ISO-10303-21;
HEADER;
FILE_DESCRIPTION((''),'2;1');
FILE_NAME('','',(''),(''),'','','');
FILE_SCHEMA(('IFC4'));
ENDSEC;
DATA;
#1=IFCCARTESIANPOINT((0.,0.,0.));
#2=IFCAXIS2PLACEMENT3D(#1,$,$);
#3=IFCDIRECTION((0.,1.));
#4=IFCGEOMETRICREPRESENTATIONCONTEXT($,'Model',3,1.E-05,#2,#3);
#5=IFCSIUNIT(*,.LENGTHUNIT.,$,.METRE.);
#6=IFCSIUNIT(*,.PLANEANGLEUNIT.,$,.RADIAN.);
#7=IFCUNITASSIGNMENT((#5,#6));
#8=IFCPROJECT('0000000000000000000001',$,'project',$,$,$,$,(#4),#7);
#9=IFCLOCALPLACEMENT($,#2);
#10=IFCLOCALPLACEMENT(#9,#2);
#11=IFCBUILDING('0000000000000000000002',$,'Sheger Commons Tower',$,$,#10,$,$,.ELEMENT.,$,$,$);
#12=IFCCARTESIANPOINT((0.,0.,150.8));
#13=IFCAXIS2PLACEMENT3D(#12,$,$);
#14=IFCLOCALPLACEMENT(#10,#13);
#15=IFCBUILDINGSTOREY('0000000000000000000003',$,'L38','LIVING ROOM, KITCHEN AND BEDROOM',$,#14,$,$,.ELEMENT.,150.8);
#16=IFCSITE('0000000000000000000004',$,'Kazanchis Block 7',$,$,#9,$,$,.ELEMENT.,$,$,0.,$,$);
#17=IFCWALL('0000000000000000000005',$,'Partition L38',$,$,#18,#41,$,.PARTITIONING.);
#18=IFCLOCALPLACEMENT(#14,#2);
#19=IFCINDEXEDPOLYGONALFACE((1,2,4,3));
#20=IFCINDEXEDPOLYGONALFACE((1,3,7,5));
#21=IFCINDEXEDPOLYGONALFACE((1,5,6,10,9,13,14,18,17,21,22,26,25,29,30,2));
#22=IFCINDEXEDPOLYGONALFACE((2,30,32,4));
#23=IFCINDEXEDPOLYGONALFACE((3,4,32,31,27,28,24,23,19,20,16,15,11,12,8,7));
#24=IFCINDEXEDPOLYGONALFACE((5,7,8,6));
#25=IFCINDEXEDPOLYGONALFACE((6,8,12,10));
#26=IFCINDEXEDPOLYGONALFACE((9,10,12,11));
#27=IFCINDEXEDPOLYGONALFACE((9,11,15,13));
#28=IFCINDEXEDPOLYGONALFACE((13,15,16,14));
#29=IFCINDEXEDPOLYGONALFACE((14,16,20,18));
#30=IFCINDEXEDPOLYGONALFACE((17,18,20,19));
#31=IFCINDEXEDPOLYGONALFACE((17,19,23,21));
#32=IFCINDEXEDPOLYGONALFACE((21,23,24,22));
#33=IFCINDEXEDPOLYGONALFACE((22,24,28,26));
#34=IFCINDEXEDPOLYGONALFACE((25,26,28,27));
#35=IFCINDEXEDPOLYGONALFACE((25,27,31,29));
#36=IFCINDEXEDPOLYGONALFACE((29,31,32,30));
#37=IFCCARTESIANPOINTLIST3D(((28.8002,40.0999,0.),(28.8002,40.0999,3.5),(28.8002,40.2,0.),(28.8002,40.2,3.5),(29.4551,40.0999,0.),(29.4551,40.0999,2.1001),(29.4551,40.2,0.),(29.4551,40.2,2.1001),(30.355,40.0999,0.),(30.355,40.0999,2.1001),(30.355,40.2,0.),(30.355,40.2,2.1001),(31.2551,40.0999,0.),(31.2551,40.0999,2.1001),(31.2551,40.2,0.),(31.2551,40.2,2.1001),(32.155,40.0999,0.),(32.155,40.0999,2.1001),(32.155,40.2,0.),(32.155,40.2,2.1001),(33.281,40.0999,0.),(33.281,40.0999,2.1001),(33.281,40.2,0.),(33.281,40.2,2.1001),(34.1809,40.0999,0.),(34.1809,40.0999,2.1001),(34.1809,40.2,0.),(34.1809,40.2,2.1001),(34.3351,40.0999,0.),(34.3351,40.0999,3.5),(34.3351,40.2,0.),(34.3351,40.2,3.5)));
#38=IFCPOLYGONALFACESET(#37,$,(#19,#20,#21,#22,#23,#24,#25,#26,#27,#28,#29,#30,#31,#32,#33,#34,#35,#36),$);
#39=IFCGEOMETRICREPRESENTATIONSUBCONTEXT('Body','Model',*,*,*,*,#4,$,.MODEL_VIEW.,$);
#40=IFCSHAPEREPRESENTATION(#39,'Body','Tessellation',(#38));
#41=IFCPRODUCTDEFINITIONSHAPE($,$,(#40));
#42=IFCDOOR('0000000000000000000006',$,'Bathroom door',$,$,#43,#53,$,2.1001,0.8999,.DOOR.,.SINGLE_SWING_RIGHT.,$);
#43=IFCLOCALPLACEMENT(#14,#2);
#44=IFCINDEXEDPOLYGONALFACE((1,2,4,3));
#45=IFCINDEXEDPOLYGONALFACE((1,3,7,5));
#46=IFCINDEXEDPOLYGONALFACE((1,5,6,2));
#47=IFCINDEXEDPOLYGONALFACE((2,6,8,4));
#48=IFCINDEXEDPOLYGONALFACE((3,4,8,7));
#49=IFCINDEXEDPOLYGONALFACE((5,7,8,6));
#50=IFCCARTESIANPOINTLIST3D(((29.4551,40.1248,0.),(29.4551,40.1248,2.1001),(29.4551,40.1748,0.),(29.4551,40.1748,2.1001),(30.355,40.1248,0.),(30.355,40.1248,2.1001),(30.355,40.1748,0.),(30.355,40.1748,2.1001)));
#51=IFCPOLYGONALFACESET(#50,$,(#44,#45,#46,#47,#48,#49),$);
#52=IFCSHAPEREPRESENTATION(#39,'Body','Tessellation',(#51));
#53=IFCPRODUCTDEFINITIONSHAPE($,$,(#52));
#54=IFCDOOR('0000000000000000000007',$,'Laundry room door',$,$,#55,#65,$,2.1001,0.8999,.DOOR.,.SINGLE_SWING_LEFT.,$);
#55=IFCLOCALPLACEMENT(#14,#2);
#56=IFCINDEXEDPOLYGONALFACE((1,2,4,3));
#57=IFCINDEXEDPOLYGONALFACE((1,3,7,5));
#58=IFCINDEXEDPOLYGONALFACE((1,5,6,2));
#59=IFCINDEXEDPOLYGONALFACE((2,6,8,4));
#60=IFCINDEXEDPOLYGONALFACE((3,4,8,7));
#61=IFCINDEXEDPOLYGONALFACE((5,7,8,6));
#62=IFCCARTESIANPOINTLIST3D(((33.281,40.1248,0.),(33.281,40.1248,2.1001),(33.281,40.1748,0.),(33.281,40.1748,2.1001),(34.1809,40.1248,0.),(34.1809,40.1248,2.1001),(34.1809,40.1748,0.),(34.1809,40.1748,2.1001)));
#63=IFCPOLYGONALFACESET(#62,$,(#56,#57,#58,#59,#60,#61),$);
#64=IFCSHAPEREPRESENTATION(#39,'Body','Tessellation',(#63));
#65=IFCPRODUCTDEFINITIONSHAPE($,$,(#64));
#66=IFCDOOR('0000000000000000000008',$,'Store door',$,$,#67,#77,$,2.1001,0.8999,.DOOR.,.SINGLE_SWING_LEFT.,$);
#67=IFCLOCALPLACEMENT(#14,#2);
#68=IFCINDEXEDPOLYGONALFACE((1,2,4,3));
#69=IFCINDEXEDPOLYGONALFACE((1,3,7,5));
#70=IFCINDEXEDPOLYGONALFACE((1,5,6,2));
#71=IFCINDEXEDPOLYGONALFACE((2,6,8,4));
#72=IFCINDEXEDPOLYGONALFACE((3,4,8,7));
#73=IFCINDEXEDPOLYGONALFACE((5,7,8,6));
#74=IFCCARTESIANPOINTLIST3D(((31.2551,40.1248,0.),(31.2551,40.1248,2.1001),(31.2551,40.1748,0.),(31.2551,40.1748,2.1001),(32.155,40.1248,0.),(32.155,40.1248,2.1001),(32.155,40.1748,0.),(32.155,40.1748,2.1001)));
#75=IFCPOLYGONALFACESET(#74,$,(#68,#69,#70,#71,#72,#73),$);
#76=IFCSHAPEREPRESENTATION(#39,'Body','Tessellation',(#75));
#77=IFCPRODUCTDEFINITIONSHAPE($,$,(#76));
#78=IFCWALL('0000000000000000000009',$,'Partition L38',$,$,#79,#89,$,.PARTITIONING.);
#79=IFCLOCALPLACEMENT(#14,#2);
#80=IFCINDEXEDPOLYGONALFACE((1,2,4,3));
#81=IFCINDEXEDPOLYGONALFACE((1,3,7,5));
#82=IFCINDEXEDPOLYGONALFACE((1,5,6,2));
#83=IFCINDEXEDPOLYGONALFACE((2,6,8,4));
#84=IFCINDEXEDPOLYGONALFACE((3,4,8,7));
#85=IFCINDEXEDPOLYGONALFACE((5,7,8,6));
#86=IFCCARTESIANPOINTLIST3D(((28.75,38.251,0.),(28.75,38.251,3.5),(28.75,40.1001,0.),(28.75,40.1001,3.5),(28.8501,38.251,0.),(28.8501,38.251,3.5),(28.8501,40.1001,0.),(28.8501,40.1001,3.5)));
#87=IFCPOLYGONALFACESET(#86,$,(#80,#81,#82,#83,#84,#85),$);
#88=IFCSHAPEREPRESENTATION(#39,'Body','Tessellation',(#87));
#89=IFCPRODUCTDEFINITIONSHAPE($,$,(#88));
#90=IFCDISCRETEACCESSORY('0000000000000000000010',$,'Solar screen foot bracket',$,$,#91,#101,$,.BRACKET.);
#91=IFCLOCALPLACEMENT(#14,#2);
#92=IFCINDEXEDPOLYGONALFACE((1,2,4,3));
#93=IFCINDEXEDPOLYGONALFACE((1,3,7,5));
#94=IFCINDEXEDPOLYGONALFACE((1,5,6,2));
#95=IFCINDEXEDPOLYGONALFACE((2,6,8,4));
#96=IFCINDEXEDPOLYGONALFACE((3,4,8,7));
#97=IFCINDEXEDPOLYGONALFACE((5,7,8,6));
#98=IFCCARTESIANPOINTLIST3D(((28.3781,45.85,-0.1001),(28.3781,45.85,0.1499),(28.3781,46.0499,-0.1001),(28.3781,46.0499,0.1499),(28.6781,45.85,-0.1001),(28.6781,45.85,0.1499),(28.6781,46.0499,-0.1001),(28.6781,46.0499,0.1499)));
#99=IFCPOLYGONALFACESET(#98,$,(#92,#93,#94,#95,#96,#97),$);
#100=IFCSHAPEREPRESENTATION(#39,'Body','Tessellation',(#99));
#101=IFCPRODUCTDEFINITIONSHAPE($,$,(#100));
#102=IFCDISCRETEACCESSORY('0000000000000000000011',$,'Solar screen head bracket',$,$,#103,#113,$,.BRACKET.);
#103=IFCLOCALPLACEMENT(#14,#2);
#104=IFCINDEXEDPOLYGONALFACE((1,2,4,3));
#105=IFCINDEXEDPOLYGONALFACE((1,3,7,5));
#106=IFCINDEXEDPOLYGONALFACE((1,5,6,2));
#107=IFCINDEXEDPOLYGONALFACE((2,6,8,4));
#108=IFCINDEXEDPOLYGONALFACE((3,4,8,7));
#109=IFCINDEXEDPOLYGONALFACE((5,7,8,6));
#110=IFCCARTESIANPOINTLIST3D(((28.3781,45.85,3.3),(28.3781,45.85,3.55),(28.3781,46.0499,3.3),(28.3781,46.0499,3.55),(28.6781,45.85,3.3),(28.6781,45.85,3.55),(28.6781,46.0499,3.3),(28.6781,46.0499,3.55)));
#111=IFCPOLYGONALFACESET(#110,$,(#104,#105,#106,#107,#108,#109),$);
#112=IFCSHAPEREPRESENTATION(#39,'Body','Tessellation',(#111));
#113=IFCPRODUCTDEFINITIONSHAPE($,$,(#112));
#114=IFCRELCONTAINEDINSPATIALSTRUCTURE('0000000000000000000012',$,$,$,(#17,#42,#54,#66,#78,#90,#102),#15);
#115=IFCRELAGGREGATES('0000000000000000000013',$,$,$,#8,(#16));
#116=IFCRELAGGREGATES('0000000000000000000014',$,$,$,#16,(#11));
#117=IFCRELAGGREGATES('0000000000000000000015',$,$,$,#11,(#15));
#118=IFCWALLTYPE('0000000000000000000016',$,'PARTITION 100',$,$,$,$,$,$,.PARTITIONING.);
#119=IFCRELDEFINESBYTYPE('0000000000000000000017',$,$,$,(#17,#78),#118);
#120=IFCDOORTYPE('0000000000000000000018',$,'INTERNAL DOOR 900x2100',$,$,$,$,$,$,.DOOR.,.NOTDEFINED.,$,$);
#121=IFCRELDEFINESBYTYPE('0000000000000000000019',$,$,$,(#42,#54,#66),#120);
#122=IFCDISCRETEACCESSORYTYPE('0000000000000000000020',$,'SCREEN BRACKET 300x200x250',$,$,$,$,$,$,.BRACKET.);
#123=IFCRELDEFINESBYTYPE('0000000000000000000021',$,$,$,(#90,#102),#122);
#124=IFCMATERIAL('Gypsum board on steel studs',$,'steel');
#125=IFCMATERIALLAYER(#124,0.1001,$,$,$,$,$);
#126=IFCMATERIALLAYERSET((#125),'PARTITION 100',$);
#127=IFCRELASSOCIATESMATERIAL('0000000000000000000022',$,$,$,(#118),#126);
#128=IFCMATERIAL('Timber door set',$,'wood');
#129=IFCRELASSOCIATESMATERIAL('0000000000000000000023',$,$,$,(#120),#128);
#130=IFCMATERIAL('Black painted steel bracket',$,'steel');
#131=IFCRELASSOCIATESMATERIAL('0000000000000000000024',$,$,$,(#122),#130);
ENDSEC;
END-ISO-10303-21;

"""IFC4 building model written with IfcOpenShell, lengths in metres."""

from ifc_helpers import new_model, si_unit, direction, frame, frame_2d, origin, origin_2d, place, context, subcontext, project, spatial, rectangle, extrude, material, layer, layer_set, type_object, element, fill, save


model = new_model("IFC4")

# Units and contexts
model_context = context("Model", 3, precision=1e-05, world=origin(), true_north=direction((0.0, 1.0)))
body_context = subcontext(model_context, "Body", "Model", "MODEL_VIEW")
ifc_project = project(units=[si_unit("LENGTHUNIT", "METRE"), si_unit("PLANEANGLEUNIT", "RADIAN")], contexts=[model_context])

# Site, building, storey
site_placement = place(None, origin())
site = spatial("IfcSite", under=ifc_project, at=site_placement, Name="Kazanchis Block 7", CompositionType="ELEMENT", RefElevation=0.0)
building_placement = place(site_placement, origin())
building = spatial("IfcBuilding", under=site, at=building_placement, Name="Sheger Commons Tower", CompositionType="ELEMENT")
storey_placement = place(building_placement, frame((0.0, 0.0, 150.8)))
storey = spatial("IfcBuildingStorey", under=building, at=storey_placement, Name="L38", Description="LIVING ROOM, KITCHEN AND BEDROOM", CompositionType="ELEMENT", Elevation=150.8)

# Shared definitions
ifc_material_1 = material(Name="Gypsum board on steel studs", Category="steel")
ifc_layer_1 = layer(ifc_material_1, 0.1001)
ifc_layer_set_1 = layer_set([ifc_layer_1], Name="PARTITION 100")
wall_type_1 = type_object("IfcWallType", Name="PARTITION 100", PredefinedType="PARTITIONING", material=ifc_layer_set_1)

# Wall, openings, doors
wall_1_placement = place(storey_placement, frame((28.8, 40.1499, 0.0), z_axis=(0.0, 0.0, 1.0), x_axis=(1.0, 0.0, 0.0)))
wall_1 = element("IfcWall", 1, at=wall_1_placement, inside=storey, type_object=wall_type_1, Name="Partition L38", PredefinedType="PARTITIONING", context=body_context, shape_type="SweptSolid", body=[
    extrude(rectangle(XDim=5.5349, YDim=0.1001, at=frame_2d((2.7676, 0.0))), origin(), (0.0, 0.0, 1.0), 3.5),
])
opening_1_placement = place(wall_1_placement, frame((0.655, 0.0, 0.0)))
opening_1 = element("IfcOpeningElement", 2, at=opening_1_placement, cuts=wall_1, PredefinedType="OPENING", context=body_context, shape_type="SweptSolid", body=[
    extrude(rectangle(XDim=0.8999, YDim=2.1001, at=frame_2d((0.45, 1.05))), frame((0.0, 0.0601, 0.0), z_axis=(0.0, -1.0, 0.0), x_axis=(1.0, 0.0, 0.0)), (0.0, 0.0, 1.0), 0.1201),
])
opening_2_placement = place(wall_1_placement, frame((4.481, 0.0, 0.0)))
opening_2 = element("IfcOpeningElement", 3, at=opening_2_placement, cuts=wall_1, PredefinedType="OPENING", context=body_context, shape_type="SweptSolid", body=[
    extrude(rectangle(XDim=0.8999, YDim=2.1001, at=frame_2d((0.45, 1.05))), frame((0.0, 0.0601, 0.0), z_axis=(0.0, -1.0, 0.0), x_axis=(1.0, 0.0, 0.0)), (0.0, 0.0, 1.0), 0.1201),
])
opening_3_placement = place(wall_1_placement, frame((2.4551, 0.0, 0.0)))
opening_3 = element("IfcOpeningElement", 4, at=opening_3_placement, cuts=wall_1, PredefinedType="OPENING", context=body_context, shape_type="SweptSolid", body=[
    extrude(rectangle(XDim=0.8999, YDim=2.1001, at=frame_2d((0.45, 1.05))), frame((0.0, 0.0601, 0.0), z_axis=(0.0, -1.0, 0.0), x_axis=(1.0, 0.0, 0.0)), (0.0, 0.0, 1.0), 0.1201),
])
ifc_material_2 = material(Name="Timber door set", Category="wood")
door_type = type_object("IfcDoorType", Name="INTERNAL DOOR 900x2100", OperationType="NOTDEFINED", PredefinedType="DOOR", material=ifc_material_2)
door_1_placement = place(opening_1_placement, origin())
door_1 = element("IfcDoor", 5, at=door_1_placement, inside=storey, type_object=door_type, Name="Bathroom door", OperationType="SINGLE_SWING_RIGHT", OverallHeight=2.1001, OverallWidth=0.8999, PredefinedType="DOOR", context=body_context, shape_type="SweptSolid", body=[
    extrude(rectangle(XDim=0.8999, YDim=2.1001, at=frame_2d((0.45, 1.05))), frame((0.0, 0.0249, 0.0), z_axis=(0.0, -1.0, 0.0), x_axis=(1.0, 0.0, 0.0)), (0.0, 0.0, 1.0), 0.05),
])
fill(opening_1, door_1)
door_2_placement = place(opening_2_placement, origin())
door_2 = element("IfcDoor", 6, at=door_2_placement, inside=storey, type_object=door_type, Name="Laundry room door", OperationType="SINGLE_SWING_LEFT", OverallHeight=2.1001, OverallWidth=0.8999, PredefinedType="DOOR", context=body_context, shape_type="SweptSolid", body=[
    extrude(rectangle(XDim=0.8999, YDim=2.1001, at=frame_2d((0.45, 1.05))), frame((0.0, 0.0249, 0.0), z_axis=(0.0, -1.0, 0.0), x_axis=(1.0, 0.0, 0.0)), (0.0, 0.0, 1.0), 0.05),
])
fill(opening_2, door_2)
door_3_placement = place(opening_3_placement, origin())
door_3 = element("IfcDoor", 7, at=door_3_placement, inside=storey, type_object=door_type, Name="Store door", OperationType="SINGLE_SWING_LEFT", OverallHeight=2.1001, OverallWidth=0.8999, PredefinedType="DOOR", context=body_context, shape_type="SweptSolid", body=[
    extrude(rectangle(XDim=0.8999, YDim=2.1001, at=frame_2d((0.45, 1.05))), frame((0.0, 0.0249, 0.0), z_axis=(0.0, -1.0, 0.0), x_axis=(1.0, 0.0, 0.0)), (0.0, 0.0, 1.0), 0.05),
])
fill(opening_3, door_3)

# Wall
wall_2_placement = place(storey_placement, frame((28.8, 38.251, 0.0), z_axis=(0.0, 0.0, 1.0), x_axis=(0.0, 1.0, 0.0)))
element("IfcWall", 8, at=wall_2_placement, inside=storey, type_object=wall_type_1, Name="Partition L38", PredefinedType="PARTITIONING", context=body_context, shape_type="SweptSolid", body=[
    extrude(rectangle(XDim=1.8491, YDim=0.1001, at=frame_2d((0.9246, 0.0))), origin(), (0.0, 0.0, 1.0), 3.5),
])

# Discrete accessories
ifc_material_3 = material(Name="Black painted steel bracket", Category="steel")
discrete_accessory_type = type_object("IfcDiscreteAccessoryType", Name="SCREEN BRACKET 300x200x250", PredefinedType="BRACKET", material=ifc_material_3)
for number, where, z_axis, x_axis, name in (
    (9, (28.5281, 45.95, -0.1001), (0.0, 0.0, 1.0), (-1.0, 0.0, 0.0), "Solar screen foot bracket"),
    (10, (28.5281, 45.95, 3.3), (0.0, 0.0, 1.0), (-1.0, 0.0, 0.0), "Solar screen head bracket"),
):
    element("IfcDiscreteAccessory", number, at=place(storey_placement, frame(where, z_axis=z_axis, x_axis=x_axis)), inside=storey, type_object=discrete_accessory_type, Name=name, PredefinedType="BRACKET", context=body_context, shape_type="SweptSolid", body=[
        extrude(rectangle(XDim=0.3, YDim=0.2, at=origin_2d()), origin(), (0.0, 0.0, 1.0), 0.25),
    ])

save(model, "model.ifc")
